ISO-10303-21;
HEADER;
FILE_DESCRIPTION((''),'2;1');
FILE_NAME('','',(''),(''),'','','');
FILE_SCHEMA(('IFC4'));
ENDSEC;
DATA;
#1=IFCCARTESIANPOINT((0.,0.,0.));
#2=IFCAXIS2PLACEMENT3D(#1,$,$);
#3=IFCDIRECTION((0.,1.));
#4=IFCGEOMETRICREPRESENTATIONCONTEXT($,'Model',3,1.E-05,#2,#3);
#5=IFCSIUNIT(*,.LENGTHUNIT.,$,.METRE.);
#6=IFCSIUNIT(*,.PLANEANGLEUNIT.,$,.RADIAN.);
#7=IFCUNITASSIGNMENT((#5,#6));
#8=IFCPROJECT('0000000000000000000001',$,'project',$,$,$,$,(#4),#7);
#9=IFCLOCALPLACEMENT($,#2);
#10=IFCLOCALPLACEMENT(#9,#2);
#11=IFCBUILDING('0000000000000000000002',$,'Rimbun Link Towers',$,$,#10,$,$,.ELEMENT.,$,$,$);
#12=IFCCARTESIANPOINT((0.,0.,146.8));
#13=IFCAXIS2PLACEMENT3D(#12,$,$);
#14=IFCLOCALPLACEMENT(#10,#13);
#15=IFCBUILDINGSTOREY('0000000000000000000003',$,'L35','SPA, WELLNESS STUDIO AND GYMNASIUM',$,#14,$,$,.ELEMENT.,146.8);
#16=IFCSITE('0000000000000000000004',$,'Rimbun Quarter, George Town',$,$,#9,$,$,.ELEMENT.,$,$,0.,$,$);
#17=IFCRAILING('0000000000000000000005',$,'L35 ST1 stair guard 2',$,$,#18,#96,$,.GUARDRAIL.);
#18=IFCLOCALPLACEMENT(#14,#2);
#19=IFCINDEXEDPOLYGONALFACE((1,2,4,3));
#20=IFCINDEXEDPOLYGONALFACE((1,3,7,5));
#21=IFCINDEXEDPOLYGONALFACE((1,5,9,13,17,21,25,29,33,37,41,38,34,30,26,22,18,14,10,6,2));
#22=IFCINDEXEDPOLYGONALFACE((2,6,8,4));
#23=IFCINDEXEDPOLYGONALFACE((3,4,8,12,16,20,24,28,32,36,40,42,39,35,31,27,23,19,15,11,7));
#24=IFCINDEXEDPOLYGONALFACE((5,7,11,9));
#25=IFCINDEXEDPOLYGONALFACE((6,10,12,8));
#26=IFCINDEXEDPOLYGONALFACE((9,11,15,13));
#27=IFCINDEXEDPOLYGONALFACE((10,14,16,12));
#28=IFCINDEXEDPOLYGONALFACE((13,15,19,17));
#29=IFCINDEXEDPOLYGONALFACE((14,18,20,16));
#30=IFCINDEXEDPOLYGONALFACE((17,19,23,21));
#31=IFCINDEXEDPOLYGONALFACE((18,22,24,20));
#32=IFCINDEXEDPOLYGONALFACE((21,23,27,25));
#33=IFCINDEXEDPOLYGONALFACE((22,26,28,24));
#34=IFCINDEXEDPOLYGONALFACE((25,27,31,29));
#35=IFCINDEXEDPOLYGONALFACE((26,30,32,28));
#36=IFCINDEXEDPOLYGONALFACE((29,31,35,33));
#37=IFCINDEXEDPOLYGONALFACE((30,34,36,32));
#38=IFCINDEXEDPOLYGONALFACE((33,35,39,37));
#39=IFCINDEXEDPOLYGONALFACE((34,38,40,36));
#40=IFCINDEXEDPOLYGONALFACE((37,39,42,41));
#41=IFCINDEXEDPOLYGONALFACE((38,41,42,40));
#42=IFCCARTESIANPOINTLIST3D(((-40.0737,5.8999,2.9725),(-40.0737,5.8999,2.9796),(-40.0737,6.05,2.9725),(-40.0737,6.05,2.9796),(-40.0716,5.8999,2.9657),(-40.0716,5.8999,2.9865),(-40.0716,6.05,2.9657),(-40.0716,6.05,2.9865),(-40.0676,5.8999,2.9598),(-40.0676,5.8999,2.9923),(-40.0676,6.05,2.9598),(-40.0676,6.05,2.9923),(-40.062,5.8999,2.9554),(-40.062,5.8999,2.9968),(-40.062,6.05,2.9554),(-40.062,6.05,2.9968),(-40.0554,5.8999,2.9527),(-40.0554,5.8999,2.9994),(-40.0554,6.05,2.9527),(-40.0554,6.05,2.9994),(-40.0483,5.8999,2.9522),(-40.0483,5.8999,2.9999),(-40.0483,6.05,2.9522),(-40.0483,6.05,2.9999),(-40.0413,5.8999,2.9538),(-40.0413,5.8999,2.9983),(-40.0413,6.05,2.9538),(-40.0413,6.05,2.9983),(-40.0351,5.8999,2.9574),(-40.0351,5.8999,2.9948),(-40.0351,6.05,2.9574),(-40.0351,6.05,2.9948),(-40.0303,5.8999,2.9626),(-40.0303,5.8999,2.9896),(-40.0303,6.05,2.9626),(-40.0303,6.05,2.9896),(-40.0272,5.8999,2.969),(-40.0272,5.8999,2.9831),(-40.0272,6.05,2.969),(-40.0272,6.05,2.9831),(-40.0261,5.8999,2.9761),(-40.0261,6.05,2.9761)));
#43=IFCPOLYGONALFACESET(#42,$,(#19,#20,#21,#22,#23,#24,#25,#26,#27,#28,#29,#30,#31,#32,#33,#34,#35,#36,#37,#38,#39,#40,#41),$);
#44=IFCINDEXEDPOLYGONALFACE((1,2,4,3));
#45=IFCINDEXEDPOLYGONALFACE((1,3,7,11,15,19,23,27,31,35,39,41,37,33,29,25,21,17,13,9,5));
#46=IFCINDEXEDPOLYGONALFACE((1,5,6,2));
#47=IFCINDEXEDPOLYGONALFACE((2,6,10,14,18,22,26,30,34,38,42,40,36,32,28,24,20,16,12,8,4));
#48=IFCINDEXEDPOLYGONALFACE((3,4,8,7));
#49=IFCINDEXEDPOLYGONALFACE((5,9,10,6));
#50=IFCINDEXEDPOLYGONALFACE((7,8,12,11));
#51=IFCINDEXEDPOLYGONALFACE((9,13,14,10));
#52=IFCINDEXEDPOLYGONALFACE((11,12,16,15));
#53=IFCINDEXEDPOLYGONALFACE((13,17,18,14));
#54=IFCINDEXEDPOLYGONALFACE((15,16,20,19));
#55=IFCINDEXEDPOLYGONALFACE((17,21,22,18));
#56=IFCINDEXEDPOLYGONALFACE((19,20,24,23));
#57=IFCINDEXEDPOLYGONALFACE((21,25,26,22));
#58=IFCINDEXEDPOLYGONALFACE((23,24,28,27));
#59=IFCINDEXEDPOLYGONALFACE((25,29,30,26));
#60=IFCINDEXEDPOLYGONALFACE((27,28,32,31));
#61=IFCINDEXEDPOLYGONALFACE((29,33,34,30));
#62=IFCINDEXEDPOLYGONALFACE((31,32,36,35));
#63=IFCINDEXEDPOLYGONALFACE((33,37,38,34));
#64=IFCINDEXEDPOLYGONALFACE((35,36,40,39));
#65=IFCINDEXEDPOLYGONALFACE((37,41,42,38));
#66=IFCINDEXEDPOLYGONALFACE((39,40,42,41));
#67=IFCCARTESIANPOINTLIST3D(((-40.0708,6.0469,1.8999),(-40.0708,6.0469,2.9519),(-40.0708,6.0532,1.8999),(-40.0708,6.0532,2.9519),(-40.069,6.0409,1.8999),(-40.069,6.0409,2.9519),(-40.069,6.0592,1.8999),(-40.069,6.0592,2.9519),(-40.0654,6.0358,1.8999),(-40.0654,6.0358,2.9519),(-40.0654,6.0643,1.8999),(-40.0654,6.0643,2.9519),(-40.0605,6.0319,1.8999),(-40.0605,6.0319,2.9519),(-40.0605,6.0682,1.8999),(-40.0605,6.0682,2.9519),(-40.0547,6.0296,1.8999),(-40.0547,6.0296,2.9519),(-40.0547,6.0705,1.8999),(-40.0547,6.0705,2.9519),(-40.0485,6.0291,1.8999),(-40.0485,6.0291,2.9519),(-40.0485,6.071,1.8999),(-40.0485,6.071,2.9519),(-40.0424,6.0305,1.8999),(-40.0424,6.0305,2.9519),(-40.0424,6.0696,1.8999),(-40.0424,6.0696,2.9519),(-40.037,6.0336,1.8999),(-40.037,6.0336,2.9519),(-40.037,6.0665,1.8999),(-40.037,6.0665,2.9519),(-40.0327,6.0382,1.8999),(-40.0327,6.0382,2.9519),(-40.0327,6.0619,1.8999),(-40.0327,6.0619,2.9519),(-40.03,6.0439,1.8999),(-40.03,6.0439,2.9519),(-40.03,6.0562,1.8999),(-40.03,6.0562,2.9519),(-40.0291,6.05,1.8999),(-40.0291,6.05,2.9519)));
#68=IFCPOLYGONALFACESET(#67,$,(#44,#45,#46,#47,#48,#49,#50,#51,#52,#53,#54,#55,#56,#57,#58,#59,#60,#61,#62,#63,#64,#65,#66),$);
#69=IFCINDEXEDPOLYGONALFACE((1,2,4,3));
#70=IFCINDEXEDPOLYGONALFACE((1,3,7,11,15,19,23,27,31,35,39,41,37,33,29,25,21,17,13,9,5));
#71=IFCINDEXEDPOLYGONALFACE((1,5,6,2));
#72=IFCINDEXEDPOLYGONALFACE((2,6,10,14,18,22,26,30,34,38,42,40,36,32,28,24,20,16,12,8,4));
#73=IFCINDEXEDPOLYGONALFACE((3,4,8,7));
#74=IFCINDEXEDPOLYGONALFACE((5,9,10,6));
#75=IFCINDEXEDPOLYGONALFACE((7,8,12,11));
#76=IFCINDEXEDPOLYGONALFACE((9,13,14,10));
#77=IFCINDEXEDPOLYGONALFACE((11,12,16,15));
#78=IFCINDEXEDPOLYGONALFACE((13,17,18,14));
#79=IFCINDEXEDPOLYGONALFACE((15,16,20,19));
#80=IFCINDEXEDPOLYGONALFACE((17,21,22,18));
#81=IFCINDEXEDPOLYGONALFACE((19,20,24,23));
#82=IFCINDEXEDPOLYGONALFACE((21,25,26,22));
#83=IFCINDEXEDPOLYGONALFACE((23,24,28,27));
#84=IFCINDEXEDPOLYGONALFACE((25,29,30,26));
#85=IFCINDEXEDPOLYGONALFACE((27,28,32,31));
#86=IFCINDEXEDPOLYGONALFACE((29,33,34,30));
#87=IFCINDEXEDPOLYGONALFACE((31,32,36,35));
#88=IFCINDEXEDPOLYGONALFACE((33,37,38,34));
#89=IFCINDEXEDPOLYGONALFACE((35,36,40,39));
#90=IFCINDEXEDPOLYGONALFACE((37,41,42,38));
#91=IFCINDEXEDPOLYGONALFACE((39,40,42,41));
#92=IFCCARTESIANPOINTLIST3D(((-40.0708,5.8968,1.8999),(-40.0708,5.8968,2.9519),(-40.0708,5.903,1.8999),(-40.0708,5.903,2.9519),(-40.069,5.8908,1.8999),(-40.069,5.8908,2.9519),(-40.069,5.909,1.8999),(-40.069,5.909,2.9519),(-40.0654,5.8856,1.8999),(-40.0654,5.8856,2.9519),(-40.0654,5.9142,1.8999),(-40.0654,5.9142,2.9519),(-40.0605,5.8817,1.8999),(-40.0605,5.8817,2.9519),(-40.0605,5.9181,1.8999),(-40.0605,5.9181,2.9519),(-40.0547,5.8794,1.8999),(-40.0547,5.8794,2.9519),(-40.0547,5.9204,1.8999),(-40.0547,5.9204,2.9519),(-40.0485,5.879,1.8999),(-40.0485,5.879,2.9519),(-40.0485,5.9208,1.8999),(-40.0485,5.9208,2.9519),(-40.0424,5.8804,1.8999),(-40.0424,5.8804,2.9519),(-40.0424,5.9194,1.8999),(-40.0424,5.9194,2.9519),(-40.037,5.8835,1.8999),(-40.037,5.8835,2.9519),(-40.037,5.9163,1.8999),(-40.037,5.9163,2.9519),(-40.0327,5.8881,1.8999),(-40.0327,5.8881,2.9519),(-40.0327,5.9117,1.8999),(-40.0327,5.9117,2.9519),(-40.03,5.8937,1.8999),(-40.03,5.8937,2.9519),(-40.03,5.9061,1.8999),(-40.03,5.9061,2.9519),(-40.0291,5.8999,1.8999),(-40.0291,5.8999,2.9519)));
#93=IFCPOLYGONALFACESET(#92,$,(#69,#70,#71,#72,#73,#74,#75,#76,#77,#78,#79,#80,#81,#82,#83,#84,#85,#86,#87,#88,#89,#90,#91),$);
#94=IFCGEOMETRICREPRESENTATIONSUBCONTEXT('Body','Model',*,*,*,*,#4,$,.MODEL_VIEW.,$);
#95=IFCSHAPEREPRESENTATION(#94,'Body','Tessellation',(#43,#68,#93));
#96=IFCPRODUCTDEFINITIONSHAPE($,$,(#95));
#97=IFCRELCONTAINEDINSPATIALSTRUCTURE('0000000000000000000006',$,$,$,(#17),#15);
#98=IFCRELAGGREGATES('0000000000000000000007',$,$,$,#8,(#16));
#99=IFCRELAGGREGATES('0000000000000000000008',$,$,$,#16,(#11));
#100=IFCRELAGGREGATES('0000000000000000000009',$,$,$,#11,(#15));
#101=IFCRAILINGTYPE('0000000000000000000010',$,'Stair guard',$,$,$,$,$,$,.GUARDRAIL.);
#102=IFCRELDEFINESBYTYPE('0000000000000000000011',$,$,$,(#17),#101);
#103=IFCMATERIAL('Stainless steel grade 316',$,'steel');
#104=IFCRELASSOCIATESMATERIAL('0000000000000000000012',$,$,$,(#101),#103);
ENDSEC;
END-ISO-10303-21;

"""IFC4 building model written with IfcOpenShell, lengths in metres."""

from ifc_helpers import new_model, si_unit, direction, frame, origin, origin_2d, place, context, subcontext, project, spatial, circle, extrude, material, type_object, element, save


model = new_model("IFC4")

# Units and contexts
model_context = context("Model", 3, precision=1e-05, world=origin(), true_north=direction((0.0, 1.0)))
body_context = subcontext(model_context, "Body", "Model", "MODEL_VIEW")
ifc_project = project(units=[si_unit("LENGTHUNIT", "METRE"), si_unit("PLANEANGLEUNIT", "RADIAN")], contexts=[model_context])

# Site, building, storey
site_placement = place(None, origin())
site = spatial("IfcSite", under=ifc_project, at=site_placement, Name="Rimbun Quarter, George Town", CompositionType="ELEMENT", RefElevation=0.0)
building_placement = place(site_placement, origin())
building = spatial("IfcBuilding", under=site, at=building_placement, Name="Rimbun Link Towers", CompositionType="ELEMENT")
storey_placement = place(building_placement, frame((0.0, 0.0, 146.8)))
storey = spatial("IfcBuildingStorey", under=building, at=storey_placement, Name="L35", Description="SPA, WELLNESS STUDIO AND GYMNASIUM", CompositionType="ELEMENT", Elevation=146.8)

# Railing
ifc_material_1 = material(Name="Stainless steel grade 316", Category="steel")
railing_type_1 = type_object("IfcRailingType", Name="Stair guard", PredefinedType="GUARDRAIL", material=ifc_material_1)
railing_1_placement = place(storey_placement, frame((-40.05, 6.05, 1.8999)))
element("IfcRailing", 1, at=railing_1_placement, inside=storey, type_object=railing_type_1, Name="L35 ST1 stair guard 2", PredefinedType="GUARDRAIL", context=body_context, shape_type="SweptSolid", body=[
    extrude(circle(Radius=0.0239, at=origin_2d()), frame((0.0, 0.0, 1.0762), z_axis=(0.0, -1.0, 0.0), x_axis=(1.0, 0.0, 0.0)), (0.0, 0.0, 1.0), 0.1501),
    extrude(circle(Radius=0.021, at=origin_2d()), origin(), (0.0, 0.0, 1.0), 1.052),
    extrude(circle(Radius=0.021, at=origin_2d()), frame((0.0, -0.1501, 0.0)), (0.0, 0.0, 1.0), 1.052),
])

save(model, "model.ifc")
